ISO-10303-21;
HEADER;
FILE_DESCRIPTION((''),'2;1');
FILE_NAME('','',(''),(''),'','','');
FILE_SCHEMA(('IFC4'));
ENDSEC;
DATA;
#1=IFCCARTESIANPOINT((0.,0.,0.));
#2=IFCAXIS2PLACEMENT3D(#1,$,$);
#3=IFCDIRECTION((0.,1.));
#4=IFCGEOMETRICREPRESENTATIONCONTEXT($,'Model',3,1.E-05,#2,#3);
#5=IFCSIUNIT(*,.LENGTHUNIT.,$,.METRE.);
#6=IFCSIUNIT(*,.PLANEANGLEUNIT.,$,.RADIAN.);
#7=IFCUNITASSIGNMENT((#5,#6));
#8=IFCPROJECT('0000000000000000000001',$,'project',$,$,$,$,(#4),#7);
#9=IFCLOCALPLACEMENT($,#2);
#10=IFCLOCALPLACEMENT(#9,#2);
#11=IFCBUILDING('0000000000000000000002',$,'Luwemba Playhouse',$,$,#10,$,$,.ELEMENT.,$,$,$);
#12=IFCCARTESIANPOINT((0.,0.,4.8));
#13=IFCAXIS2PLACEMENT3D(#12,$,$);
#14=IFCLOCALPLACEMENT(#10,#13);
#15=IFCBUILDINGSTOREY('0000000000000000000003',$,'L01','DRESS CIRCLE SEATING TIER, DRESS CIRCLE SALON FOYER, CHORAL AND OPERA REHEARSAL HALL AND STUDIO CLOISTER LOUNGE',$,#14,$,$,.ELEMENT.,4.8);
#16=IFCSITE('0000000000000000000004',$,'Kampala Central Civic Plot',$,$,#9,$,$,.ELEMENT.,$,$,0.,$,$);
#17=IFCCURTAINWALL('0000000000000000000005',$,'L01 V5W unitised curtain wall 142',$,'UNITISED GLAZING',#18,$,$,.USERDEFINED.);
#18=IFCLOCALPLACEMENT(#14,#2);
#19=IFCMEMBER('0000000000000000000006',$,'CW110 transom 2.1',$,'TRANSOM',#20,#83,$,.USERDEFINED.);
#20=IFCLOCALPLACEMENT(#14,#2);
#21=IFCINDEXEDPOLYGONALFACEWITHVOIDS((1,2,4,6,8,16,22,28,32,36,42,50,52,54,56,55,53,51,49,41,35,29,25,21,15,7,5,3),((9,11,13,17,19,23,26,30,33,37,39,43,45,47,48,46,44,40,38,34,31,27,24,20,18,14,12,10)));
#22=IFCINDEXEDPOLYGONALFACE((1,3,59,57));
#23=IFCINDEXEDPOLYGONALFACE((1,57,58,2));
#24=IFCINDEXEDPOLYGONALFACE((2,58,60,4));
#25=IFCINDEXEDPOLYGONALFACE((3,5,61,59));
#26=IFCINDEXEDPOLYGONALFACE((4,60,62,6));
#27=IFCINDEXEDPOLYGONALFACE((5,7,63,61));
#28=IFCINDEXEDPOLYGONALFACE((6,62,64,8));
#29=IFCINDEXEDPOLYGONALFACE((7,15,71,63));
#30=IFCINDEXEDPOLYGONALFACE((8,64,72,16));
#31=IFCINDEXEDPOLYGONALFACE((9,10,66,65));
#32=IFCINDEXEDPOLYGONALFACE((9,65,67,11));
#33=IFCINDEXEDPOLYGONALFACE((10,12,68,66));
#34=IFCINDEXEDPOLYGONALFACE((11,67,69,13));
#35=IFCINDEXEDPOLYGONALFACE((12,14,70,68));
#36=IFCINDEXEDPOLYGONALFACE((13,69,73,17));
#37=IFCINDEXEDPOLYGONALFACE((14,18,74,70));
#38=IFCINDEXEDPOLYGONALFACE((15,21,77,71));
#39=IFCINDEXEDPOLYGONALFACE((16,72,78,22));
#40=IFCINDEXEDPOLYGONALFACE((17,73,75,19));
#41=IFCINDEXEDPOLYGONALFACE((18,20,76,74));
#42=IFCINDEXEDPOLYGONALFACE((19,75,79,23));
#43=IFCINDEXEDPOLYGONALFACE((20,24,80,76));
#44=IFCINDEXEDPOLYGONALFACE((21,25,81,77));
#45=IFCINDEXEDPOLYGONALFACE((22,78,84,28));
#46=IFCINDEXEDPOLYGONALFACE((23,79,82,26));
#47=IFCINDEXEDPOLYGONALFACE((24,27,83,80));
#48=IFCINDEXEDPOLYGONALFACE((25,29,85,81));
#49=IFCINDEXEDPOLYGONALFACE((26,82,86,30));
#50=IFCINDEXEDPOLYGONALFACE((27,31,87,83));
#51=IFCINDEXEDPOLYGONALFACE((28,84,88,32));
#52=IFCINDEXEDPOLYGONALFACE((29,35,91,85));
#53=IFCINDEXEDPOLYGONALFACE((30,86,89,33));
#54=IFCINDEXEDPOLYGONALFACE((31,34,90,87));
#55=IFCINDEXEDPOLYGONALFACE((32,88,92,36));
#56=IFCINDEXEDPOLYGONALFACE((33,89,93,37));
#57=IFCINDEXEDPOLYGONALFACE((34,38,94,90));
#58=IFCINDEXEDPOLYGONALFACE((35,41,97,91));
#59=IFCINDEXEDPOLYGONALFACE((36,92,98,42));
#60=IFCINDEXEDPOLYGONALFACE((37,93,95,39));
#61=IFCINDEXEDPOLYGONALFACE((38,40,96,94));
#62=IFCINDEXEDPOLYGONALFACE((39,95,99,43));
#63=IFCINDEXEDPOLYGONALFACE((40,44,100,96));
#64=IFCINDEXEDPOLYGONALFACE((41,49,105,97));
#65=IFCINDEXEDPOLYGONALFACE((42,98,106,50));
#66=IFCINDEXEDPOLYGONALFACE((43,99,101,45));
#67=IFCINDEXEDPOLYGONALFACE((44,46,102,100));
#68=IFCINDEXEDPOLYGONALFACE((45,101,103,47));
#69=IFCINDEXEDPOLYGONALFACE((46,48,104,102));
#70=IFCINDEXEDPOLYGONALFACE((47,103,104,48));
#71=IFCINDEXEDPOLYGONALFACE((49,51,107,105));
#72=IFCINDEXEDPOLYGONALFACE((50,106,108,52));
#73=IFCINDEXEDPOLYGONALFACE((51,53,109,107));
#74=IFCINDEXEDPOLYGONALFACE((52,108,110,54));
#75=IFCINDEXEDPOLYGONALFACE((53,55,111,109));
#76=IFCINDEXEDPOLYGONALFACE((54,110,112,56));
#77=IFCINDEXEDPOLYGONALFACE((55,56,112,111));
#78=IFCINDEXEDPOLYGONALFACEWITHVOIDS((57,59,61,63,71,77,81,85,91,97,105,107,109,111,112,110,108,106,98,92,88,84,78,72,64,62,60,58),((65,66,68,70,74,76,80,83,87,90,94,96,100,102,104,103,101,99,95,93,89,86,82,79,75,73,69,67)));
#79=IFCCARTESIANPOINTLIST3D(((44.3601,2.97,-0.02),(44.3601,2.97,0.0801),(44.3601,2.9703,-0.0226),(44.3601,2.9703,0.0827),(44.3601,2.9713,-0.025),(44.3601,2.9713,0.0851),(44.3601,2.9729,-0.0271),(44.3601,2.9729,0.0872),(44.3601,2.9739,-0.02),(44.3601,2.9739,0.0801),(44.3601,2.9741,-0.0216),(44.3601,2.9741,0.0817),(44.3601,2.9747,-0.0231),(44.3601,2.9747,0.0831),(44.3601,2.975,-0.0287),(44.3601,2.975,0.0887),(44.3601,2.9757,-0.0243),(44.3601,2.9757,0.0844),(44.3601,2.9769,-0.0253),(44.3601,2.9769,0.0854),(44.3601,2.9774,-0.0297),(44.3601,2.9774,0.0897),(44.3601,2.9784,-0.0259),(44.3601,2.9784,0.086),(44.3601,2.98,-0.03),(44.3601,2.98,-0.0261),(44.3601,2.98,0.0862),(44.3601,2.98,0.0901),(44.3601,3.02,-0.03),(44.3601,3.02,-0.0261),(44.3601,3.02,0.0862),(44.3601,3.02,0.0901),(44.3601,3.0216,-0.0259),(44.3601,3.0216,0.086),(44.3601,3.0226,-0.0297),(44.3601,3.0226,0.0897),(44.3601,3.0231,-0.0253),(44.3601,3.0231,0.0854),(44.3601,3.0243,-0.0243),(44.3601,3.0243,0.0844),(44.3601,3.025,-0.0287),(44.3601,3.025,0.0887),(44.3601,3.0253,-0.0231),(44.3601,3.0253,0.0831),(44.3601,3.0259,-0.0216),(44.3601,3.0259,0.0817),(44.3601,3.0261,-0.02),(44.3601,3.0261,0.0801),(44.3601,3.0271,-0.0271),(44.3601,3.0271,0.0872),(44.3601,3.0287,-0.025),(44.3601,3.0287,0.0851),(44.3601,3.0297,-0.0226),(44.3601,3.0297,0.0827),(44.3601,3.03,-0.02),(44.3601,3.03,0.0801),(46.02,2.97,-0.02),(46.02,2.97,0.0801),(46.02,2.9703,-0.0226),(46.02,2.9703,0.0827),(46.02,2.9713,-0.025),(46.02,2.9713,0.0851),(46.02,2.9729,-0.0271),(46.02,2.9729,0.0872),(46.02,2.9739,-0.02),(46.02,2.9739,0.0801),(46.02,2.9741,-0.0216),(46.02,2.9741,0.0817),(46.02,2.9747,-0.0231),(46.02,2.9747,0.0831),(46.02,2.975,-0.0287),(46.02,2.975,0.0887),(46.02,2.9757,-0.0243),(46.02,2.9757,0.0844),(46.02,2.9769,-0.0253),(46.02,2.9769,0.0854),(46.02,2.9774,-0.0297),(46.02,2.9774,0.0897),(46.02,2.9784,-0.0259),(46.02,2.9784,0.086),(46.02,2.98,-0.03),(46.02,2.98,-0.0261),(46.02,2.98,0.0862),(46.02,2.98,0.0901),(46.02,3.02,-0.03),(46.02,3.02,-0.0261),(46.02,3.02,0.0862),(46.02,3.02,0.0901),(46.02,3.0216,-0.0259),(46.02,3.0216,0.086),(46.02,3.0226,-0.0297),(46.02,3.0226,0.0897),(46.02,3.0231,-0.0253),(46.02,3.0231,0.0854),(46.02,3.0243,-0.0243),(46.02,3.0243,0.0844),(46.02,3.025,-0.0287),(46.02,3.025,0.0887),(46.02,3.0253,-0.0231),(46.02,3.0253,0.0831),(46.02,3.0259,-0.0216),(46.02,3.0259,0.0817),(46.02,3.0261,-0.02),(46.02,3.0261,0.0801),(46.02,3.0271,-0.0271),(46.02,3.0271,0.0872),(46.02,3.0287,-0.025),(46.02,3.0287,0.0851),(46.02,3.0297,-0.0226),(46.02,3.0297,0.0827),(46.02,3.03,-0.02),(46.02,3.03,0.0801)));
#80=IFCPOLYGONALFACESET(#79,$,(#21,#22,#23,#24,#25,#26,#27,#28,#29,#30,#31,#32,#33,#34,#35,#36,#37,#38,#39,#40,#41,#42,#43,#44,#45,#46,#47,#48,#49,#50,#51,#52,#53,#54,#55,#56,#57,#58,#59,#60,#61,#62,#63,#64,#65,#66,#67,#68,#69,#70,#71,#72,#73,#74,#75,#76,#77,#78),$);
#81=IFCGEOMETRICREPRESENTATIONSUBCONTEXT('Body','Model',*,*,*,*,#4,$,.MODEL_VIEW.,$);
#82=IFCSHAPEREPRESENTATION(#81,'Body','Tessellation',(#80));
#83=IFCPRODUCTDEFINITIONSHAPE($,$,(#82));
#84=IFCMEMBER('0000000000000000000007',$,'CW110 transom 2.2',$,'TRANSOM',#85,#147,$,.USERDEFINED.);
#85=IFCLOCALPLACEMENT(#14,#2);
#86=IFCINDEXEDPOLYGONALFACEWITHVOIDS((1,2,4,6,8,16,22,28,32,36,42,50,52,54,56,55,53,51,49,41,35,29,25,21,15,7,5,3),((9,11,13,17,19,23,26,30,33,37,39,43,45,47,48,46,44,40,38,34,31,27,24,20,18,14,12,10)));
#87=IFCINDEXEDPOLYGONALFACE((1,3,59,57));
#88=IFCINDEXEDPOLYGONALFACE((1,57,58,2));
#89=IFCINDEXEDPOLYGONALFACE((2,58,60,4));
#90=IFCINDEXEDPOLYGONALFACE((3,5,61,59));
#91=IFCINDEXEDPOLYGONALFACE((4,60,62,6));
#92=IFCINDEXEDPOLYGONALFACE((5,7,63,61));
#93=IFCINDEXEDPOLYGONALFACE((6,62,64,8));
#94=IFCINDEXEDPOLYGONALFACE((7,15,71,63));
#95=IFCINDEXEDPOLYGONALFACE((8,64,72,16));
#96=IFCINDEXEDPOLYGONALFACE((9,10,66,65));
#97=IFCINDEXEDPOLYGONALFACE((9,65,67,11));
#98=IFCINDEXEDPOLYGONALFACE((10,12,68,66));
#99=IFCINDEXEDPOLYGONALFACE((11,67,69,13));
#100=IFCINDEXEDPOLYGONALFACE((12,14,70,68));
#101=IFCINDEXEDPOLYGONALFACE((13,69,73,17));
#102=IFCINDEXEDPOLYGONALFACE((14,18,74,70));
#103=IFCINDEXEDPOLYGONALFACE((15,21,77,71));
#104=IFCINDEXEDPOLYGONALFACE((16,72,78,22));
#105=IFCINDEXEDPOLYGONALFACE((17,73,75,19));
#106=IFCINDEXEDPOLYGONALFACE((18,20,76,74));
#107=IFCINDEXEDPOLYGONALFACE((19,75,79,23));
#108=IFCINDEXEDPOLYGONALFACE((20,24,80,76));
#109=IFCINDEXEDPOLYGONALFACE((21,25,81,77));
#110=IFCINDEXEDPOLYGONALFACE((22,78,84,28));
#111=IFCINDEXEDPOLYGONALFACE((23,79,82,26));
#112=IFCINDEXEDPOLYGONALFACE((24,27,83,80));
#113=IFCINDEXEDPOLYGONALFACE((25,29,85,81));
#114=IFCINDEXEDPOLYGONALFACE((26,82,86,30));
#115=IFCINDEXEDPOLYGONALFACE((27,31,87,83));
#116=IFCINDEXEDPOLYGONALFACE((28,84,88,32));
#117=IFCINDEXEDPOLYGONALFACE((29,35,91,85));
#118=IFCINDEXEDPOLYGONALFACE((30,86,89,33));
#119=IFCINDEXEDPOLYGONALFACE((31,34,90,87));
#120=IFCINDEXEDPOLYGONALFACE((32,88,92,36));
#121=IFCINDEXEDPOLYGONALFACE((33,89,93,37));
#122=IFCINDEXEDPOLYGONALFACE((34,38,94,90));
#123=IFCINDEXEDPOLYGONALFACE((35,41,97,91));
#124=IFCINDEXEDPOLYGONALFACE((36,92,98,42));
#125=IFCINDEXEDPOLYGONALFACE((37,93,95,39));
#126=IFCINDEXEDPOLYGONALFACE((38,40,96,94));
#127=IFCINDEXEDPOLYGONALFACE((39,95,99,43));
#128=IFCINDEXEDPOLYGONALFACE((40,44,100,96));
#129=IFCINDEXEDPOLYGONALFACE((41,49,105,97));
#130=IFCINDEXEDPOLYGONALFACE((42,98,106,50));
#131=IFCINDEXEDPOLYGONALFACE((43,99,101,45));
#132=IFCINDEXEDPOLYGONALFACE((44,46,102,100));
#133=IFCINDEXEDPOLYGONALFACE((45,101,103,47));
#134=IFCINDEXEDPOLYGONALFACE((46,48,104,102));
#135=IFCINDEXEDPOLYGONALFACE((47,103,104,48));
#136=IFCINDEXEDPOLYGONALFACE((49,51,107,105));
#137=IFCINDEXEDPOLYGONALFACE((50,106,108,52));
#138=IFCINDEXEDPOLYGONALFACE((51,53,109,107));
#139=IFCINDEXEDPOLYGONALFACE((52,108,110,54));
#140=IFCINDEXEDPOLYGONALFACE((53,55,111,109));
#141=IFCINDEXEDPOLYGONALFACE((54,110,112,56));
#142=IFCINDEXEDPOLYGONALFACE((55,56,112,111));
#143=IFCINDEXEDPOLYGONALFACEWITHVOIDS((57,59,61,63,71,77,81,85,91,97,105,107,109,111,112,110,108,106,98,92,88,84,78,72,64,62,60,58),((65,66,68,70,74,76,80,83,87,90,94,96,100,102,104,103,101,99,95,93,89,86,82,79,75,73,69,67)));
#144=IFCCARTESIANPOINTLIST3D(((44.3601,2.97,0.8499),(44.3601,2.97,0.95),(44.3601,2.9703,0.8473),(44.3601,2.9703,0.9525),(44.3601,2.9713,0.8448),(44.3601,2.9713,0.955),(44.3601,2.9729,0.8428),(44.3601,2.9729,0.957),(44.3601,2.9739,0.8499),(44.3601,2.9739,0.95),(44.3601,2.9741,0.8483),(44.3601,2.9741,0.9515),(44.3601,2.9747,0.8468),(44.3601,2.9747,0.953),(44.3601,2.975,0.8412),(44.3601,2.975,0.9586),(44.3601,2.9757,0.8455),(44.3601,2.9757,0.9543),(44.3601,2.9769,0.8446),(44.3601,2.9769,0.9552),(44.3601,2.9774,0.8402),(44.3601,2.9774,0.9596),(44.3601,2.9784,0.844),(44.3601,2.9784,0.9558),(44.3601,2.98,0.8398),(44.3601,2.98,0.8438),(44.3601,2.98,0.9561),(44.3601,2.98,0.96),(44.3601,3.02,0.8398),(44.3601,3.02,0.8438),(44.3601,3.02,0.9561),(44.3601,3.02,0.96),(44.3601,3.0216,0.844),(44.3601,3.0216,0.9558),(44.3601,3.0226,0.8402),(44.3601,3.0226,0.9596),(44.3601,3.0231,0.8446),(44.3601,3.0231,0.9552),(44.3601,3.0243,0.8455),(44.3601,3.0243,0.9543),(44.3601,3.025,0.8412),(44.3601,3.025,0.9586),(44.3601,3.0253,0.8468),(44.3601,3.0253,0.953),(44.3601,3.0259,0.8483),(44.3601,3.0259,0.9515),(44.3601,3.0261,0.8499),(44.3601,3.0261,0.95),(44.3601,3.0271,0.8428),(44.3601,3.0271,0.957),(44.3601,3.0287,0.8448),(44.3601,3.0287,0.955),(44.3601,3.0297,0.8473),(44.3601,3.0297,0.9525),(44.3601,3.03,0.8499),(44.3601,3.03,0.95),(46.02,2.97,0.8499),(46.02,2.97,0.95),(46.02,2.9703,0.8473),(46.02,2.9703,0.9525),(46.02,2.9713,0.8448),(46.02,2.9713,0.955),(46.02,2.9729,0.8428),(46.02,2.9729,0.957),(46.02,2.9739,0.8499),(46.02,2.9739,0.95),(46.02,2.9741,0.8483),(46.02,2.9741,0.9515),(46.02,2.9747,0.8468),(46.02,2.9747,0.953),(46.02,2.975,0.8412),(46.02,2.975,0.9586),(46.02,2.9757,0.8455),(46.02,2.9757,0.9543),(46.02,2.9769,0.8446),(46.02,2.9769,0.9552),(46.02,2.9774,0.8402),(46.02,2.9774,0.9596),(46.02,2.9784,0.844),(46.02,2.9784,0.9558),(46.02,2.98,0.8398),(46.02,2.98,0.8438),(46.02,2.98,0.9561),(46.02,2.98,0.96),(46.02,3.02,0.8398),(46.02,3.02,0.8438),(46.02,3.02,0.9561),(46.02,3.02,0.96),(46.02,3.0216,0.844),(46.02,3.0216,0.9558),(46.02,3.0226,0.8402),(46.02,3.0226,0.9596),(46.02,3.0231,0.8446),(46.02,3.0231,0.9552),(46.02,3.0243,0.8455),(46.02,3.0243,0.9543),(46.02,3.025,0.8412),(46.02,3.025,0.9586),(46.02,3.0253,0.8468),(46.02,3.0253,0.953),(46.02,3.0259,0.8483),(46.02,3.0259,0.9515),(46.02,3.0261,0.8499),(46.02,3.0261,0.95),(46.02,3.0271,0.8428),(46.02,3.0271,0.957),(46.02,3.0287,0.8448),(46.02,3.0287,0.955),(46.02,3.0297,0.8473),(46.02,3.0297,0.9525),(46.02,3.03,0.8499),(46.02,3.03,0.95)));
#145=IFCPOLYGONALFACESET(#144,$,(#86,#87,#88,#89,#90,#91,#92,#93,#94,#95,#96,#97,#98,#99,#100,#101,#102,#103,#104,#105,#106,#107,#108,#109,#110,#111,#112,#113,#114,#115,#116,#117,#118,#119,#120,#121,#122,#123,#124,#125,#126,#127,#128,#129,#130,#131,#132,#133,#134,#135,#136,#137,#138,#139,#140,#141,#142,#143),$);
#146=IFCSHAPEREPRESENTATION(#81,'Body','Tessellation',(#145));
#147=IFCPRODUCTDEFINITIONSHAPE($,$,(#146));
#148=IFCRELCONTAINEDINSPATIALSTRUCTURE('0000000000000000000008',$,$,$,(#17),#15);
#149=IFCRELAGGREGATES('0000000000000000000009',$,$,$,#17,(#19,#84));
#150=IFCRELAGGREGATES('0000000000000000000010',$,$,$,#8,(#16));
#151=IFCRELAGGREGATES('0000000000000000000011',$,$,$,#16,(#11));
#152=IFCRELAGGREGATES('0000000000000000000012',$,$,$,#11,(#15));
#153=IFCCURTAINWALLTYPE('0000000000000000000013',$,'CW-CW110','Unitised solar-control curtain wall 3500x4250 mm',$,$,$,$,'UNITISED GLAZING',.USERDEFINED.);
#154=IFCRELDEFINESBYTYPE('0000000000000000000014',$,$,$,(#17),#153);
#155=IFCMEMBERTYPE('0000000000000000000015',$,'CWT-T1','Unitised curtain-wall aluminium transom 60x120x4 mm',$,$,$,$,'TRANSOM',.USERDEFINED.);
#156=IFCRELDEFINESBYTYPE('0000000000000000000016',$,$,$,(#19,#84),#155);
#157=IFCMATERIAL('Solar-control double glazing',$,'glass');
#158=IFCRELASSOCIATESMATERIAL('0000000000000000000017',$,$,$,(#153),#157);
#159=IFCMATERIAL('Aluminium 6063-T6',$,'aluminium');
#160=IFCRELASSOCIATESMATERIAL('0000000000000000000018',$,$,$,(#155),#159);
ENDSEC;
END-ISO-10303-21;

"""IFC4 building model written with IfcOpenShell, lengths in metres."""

from ifc_helpers import new_model, si_unit, direction, frame, origin, origin_2d, place, context, subcontext, project, spatial, hollow_rectangle, extrude, material, material_profile, profile_set, type_object, element, aggregate, save


model = new_model("IFC4")

# Units and contexts
model_context = context("Model", 3, precision=1e-05, world=origin(), true_north=direction((0.0, 1.0)))
body_context = subcontext(model_context, "Body", "Model", "MODEL_VIEW")
ifc_project = project(units=[si_unit("LENGTHUNIT", "METRE"), si_unit("PLANEANGLEUNIT", "RADIAN")], contexts=[model_context])

# Site, building, storey
site_placement = place(None, origin())
site = spatial("IfcSite", under=ifc_project, at=site_placement, Name="Kampala Central Civic Plot", CompositionType="ELEMENT", RefElevation=0.0)
building_placement = place(site_placement, origin())
building = spatial("IfcBuilding", under=site, at=building_placement, Name="Luwemba Playhouse", CompositionType="ELEMENT")
storey_placement = place(building_placement, frame((0.0, 0.0, 4.8)))
storey = spatial("IfcBuildingStorey", under=building, at=storey_placement, Name="L01", Description="DRESS CIRCLE SEATING TIER, DRESS CIRCLE SALON FOYER, CHORAL AND OPERA REHEARSAL HALL AND STUDIO CLOISTER LOUNGE", CompositionType="ELEMENT", Elevation=4.8)

# Curtain wall
ifc_material_1 = material(Name="Solar-control double glazing", Category="glass")
curtain_wall_type_1 = type_object("IfcCurtainWallType", Name="CW-CW110", Description="Unitised solar-control curtain wall 3500x4250 mm", ElementType="UNITISED GLAZING", PredefinedType="USERDEFINED", material=ifc_material_1)
curtain_wall_1_placement = place(storey_placement, origin())
curtain_wall_1 = element("IfcCurtainWall", 1, at=curtain_wall_1_placement, inside=storey, type_object=curtain_wall_type_1, Name="L01 V5W unitised curtain wall 142", ObjectType="UNITISED GLAZING", PredefinedType="USERDEFINED")
ifc_material_2 = material(Name="Aluminium 6063-T6", Category="aluminium")

# Members
ifc_material_profile_1 = material_profile(ifc_material_2, hollow_rectangle(XDim=0.0601, YDim=0.1201, WallThickness=0.0039, InnerFilletRadius=0.0061, OuterFilletRadius=0.01, at=origin_2d()))
ifc_profile_set_1 = profile_set([ifc_material_profile_1], Name="Aluminium 6063-T6")
member_type_1 = type_object("IfcMemberType", Name="CWT-T1", Description="Unitised curtain-wall aluminium transom 60x120x4 mm", ElementType="TRANSOM", PredefinedType="USERDEFINED", material=ifc_profile_set_1)
member_1_placement = place(storey_placement, frame((46.02, 3.0, 0.03), z_axis=(-1.0, 0.0, 0.0), x_axis=(0.0, -1.0, 0.0)))
member_1 = element("IfcMember", 2, at=member_1_placement, type_object=member_type_1, Name="CW110 transom 2.1", ObjectType="TRANSOM", PredefinedType="USERDEFINED", context=body_context, shape_type="SweptSolid", body=[
    extrude(hollow_rectangle(XDim=0.0601, YDim=0.1201, WallThickness=0.0039, InnerFilletRadius=0.0061, OuterFilletRadius=0.01, at=origin_2d()), origin(), (0.0, 0.0, 1.0), 1.6599),
])
member_2_placement = place(storey_placement, frame((46.02, 3.0, 0.8999), z_axis=(-1.0, 0.0, 0.0), x_axis=(0.0, -1.0, 0.0)))
member_2 = element("IfcMember", 3, at=member_2_placement, type_object=member_type_1, Name="CW110 transom 2.2", ObjectType="TRANSOM", PredefinedType="USERDEFINED", context=body_context, shape_type="SweptSolid", body=[
    extrude(hollow_rectangle(XDim=0.0601, YDim=0.1201, WallThickness=0.0039, InnerFilletRadius=0.0061, OuterFilletRadius=0.01, at=origin_2d()), origin(), (0.0, 0.0, 1.0), 1.6599),
])

aggregate(curtain_wall_1, [member_1, member_2])

save(model, "model.ifc")
